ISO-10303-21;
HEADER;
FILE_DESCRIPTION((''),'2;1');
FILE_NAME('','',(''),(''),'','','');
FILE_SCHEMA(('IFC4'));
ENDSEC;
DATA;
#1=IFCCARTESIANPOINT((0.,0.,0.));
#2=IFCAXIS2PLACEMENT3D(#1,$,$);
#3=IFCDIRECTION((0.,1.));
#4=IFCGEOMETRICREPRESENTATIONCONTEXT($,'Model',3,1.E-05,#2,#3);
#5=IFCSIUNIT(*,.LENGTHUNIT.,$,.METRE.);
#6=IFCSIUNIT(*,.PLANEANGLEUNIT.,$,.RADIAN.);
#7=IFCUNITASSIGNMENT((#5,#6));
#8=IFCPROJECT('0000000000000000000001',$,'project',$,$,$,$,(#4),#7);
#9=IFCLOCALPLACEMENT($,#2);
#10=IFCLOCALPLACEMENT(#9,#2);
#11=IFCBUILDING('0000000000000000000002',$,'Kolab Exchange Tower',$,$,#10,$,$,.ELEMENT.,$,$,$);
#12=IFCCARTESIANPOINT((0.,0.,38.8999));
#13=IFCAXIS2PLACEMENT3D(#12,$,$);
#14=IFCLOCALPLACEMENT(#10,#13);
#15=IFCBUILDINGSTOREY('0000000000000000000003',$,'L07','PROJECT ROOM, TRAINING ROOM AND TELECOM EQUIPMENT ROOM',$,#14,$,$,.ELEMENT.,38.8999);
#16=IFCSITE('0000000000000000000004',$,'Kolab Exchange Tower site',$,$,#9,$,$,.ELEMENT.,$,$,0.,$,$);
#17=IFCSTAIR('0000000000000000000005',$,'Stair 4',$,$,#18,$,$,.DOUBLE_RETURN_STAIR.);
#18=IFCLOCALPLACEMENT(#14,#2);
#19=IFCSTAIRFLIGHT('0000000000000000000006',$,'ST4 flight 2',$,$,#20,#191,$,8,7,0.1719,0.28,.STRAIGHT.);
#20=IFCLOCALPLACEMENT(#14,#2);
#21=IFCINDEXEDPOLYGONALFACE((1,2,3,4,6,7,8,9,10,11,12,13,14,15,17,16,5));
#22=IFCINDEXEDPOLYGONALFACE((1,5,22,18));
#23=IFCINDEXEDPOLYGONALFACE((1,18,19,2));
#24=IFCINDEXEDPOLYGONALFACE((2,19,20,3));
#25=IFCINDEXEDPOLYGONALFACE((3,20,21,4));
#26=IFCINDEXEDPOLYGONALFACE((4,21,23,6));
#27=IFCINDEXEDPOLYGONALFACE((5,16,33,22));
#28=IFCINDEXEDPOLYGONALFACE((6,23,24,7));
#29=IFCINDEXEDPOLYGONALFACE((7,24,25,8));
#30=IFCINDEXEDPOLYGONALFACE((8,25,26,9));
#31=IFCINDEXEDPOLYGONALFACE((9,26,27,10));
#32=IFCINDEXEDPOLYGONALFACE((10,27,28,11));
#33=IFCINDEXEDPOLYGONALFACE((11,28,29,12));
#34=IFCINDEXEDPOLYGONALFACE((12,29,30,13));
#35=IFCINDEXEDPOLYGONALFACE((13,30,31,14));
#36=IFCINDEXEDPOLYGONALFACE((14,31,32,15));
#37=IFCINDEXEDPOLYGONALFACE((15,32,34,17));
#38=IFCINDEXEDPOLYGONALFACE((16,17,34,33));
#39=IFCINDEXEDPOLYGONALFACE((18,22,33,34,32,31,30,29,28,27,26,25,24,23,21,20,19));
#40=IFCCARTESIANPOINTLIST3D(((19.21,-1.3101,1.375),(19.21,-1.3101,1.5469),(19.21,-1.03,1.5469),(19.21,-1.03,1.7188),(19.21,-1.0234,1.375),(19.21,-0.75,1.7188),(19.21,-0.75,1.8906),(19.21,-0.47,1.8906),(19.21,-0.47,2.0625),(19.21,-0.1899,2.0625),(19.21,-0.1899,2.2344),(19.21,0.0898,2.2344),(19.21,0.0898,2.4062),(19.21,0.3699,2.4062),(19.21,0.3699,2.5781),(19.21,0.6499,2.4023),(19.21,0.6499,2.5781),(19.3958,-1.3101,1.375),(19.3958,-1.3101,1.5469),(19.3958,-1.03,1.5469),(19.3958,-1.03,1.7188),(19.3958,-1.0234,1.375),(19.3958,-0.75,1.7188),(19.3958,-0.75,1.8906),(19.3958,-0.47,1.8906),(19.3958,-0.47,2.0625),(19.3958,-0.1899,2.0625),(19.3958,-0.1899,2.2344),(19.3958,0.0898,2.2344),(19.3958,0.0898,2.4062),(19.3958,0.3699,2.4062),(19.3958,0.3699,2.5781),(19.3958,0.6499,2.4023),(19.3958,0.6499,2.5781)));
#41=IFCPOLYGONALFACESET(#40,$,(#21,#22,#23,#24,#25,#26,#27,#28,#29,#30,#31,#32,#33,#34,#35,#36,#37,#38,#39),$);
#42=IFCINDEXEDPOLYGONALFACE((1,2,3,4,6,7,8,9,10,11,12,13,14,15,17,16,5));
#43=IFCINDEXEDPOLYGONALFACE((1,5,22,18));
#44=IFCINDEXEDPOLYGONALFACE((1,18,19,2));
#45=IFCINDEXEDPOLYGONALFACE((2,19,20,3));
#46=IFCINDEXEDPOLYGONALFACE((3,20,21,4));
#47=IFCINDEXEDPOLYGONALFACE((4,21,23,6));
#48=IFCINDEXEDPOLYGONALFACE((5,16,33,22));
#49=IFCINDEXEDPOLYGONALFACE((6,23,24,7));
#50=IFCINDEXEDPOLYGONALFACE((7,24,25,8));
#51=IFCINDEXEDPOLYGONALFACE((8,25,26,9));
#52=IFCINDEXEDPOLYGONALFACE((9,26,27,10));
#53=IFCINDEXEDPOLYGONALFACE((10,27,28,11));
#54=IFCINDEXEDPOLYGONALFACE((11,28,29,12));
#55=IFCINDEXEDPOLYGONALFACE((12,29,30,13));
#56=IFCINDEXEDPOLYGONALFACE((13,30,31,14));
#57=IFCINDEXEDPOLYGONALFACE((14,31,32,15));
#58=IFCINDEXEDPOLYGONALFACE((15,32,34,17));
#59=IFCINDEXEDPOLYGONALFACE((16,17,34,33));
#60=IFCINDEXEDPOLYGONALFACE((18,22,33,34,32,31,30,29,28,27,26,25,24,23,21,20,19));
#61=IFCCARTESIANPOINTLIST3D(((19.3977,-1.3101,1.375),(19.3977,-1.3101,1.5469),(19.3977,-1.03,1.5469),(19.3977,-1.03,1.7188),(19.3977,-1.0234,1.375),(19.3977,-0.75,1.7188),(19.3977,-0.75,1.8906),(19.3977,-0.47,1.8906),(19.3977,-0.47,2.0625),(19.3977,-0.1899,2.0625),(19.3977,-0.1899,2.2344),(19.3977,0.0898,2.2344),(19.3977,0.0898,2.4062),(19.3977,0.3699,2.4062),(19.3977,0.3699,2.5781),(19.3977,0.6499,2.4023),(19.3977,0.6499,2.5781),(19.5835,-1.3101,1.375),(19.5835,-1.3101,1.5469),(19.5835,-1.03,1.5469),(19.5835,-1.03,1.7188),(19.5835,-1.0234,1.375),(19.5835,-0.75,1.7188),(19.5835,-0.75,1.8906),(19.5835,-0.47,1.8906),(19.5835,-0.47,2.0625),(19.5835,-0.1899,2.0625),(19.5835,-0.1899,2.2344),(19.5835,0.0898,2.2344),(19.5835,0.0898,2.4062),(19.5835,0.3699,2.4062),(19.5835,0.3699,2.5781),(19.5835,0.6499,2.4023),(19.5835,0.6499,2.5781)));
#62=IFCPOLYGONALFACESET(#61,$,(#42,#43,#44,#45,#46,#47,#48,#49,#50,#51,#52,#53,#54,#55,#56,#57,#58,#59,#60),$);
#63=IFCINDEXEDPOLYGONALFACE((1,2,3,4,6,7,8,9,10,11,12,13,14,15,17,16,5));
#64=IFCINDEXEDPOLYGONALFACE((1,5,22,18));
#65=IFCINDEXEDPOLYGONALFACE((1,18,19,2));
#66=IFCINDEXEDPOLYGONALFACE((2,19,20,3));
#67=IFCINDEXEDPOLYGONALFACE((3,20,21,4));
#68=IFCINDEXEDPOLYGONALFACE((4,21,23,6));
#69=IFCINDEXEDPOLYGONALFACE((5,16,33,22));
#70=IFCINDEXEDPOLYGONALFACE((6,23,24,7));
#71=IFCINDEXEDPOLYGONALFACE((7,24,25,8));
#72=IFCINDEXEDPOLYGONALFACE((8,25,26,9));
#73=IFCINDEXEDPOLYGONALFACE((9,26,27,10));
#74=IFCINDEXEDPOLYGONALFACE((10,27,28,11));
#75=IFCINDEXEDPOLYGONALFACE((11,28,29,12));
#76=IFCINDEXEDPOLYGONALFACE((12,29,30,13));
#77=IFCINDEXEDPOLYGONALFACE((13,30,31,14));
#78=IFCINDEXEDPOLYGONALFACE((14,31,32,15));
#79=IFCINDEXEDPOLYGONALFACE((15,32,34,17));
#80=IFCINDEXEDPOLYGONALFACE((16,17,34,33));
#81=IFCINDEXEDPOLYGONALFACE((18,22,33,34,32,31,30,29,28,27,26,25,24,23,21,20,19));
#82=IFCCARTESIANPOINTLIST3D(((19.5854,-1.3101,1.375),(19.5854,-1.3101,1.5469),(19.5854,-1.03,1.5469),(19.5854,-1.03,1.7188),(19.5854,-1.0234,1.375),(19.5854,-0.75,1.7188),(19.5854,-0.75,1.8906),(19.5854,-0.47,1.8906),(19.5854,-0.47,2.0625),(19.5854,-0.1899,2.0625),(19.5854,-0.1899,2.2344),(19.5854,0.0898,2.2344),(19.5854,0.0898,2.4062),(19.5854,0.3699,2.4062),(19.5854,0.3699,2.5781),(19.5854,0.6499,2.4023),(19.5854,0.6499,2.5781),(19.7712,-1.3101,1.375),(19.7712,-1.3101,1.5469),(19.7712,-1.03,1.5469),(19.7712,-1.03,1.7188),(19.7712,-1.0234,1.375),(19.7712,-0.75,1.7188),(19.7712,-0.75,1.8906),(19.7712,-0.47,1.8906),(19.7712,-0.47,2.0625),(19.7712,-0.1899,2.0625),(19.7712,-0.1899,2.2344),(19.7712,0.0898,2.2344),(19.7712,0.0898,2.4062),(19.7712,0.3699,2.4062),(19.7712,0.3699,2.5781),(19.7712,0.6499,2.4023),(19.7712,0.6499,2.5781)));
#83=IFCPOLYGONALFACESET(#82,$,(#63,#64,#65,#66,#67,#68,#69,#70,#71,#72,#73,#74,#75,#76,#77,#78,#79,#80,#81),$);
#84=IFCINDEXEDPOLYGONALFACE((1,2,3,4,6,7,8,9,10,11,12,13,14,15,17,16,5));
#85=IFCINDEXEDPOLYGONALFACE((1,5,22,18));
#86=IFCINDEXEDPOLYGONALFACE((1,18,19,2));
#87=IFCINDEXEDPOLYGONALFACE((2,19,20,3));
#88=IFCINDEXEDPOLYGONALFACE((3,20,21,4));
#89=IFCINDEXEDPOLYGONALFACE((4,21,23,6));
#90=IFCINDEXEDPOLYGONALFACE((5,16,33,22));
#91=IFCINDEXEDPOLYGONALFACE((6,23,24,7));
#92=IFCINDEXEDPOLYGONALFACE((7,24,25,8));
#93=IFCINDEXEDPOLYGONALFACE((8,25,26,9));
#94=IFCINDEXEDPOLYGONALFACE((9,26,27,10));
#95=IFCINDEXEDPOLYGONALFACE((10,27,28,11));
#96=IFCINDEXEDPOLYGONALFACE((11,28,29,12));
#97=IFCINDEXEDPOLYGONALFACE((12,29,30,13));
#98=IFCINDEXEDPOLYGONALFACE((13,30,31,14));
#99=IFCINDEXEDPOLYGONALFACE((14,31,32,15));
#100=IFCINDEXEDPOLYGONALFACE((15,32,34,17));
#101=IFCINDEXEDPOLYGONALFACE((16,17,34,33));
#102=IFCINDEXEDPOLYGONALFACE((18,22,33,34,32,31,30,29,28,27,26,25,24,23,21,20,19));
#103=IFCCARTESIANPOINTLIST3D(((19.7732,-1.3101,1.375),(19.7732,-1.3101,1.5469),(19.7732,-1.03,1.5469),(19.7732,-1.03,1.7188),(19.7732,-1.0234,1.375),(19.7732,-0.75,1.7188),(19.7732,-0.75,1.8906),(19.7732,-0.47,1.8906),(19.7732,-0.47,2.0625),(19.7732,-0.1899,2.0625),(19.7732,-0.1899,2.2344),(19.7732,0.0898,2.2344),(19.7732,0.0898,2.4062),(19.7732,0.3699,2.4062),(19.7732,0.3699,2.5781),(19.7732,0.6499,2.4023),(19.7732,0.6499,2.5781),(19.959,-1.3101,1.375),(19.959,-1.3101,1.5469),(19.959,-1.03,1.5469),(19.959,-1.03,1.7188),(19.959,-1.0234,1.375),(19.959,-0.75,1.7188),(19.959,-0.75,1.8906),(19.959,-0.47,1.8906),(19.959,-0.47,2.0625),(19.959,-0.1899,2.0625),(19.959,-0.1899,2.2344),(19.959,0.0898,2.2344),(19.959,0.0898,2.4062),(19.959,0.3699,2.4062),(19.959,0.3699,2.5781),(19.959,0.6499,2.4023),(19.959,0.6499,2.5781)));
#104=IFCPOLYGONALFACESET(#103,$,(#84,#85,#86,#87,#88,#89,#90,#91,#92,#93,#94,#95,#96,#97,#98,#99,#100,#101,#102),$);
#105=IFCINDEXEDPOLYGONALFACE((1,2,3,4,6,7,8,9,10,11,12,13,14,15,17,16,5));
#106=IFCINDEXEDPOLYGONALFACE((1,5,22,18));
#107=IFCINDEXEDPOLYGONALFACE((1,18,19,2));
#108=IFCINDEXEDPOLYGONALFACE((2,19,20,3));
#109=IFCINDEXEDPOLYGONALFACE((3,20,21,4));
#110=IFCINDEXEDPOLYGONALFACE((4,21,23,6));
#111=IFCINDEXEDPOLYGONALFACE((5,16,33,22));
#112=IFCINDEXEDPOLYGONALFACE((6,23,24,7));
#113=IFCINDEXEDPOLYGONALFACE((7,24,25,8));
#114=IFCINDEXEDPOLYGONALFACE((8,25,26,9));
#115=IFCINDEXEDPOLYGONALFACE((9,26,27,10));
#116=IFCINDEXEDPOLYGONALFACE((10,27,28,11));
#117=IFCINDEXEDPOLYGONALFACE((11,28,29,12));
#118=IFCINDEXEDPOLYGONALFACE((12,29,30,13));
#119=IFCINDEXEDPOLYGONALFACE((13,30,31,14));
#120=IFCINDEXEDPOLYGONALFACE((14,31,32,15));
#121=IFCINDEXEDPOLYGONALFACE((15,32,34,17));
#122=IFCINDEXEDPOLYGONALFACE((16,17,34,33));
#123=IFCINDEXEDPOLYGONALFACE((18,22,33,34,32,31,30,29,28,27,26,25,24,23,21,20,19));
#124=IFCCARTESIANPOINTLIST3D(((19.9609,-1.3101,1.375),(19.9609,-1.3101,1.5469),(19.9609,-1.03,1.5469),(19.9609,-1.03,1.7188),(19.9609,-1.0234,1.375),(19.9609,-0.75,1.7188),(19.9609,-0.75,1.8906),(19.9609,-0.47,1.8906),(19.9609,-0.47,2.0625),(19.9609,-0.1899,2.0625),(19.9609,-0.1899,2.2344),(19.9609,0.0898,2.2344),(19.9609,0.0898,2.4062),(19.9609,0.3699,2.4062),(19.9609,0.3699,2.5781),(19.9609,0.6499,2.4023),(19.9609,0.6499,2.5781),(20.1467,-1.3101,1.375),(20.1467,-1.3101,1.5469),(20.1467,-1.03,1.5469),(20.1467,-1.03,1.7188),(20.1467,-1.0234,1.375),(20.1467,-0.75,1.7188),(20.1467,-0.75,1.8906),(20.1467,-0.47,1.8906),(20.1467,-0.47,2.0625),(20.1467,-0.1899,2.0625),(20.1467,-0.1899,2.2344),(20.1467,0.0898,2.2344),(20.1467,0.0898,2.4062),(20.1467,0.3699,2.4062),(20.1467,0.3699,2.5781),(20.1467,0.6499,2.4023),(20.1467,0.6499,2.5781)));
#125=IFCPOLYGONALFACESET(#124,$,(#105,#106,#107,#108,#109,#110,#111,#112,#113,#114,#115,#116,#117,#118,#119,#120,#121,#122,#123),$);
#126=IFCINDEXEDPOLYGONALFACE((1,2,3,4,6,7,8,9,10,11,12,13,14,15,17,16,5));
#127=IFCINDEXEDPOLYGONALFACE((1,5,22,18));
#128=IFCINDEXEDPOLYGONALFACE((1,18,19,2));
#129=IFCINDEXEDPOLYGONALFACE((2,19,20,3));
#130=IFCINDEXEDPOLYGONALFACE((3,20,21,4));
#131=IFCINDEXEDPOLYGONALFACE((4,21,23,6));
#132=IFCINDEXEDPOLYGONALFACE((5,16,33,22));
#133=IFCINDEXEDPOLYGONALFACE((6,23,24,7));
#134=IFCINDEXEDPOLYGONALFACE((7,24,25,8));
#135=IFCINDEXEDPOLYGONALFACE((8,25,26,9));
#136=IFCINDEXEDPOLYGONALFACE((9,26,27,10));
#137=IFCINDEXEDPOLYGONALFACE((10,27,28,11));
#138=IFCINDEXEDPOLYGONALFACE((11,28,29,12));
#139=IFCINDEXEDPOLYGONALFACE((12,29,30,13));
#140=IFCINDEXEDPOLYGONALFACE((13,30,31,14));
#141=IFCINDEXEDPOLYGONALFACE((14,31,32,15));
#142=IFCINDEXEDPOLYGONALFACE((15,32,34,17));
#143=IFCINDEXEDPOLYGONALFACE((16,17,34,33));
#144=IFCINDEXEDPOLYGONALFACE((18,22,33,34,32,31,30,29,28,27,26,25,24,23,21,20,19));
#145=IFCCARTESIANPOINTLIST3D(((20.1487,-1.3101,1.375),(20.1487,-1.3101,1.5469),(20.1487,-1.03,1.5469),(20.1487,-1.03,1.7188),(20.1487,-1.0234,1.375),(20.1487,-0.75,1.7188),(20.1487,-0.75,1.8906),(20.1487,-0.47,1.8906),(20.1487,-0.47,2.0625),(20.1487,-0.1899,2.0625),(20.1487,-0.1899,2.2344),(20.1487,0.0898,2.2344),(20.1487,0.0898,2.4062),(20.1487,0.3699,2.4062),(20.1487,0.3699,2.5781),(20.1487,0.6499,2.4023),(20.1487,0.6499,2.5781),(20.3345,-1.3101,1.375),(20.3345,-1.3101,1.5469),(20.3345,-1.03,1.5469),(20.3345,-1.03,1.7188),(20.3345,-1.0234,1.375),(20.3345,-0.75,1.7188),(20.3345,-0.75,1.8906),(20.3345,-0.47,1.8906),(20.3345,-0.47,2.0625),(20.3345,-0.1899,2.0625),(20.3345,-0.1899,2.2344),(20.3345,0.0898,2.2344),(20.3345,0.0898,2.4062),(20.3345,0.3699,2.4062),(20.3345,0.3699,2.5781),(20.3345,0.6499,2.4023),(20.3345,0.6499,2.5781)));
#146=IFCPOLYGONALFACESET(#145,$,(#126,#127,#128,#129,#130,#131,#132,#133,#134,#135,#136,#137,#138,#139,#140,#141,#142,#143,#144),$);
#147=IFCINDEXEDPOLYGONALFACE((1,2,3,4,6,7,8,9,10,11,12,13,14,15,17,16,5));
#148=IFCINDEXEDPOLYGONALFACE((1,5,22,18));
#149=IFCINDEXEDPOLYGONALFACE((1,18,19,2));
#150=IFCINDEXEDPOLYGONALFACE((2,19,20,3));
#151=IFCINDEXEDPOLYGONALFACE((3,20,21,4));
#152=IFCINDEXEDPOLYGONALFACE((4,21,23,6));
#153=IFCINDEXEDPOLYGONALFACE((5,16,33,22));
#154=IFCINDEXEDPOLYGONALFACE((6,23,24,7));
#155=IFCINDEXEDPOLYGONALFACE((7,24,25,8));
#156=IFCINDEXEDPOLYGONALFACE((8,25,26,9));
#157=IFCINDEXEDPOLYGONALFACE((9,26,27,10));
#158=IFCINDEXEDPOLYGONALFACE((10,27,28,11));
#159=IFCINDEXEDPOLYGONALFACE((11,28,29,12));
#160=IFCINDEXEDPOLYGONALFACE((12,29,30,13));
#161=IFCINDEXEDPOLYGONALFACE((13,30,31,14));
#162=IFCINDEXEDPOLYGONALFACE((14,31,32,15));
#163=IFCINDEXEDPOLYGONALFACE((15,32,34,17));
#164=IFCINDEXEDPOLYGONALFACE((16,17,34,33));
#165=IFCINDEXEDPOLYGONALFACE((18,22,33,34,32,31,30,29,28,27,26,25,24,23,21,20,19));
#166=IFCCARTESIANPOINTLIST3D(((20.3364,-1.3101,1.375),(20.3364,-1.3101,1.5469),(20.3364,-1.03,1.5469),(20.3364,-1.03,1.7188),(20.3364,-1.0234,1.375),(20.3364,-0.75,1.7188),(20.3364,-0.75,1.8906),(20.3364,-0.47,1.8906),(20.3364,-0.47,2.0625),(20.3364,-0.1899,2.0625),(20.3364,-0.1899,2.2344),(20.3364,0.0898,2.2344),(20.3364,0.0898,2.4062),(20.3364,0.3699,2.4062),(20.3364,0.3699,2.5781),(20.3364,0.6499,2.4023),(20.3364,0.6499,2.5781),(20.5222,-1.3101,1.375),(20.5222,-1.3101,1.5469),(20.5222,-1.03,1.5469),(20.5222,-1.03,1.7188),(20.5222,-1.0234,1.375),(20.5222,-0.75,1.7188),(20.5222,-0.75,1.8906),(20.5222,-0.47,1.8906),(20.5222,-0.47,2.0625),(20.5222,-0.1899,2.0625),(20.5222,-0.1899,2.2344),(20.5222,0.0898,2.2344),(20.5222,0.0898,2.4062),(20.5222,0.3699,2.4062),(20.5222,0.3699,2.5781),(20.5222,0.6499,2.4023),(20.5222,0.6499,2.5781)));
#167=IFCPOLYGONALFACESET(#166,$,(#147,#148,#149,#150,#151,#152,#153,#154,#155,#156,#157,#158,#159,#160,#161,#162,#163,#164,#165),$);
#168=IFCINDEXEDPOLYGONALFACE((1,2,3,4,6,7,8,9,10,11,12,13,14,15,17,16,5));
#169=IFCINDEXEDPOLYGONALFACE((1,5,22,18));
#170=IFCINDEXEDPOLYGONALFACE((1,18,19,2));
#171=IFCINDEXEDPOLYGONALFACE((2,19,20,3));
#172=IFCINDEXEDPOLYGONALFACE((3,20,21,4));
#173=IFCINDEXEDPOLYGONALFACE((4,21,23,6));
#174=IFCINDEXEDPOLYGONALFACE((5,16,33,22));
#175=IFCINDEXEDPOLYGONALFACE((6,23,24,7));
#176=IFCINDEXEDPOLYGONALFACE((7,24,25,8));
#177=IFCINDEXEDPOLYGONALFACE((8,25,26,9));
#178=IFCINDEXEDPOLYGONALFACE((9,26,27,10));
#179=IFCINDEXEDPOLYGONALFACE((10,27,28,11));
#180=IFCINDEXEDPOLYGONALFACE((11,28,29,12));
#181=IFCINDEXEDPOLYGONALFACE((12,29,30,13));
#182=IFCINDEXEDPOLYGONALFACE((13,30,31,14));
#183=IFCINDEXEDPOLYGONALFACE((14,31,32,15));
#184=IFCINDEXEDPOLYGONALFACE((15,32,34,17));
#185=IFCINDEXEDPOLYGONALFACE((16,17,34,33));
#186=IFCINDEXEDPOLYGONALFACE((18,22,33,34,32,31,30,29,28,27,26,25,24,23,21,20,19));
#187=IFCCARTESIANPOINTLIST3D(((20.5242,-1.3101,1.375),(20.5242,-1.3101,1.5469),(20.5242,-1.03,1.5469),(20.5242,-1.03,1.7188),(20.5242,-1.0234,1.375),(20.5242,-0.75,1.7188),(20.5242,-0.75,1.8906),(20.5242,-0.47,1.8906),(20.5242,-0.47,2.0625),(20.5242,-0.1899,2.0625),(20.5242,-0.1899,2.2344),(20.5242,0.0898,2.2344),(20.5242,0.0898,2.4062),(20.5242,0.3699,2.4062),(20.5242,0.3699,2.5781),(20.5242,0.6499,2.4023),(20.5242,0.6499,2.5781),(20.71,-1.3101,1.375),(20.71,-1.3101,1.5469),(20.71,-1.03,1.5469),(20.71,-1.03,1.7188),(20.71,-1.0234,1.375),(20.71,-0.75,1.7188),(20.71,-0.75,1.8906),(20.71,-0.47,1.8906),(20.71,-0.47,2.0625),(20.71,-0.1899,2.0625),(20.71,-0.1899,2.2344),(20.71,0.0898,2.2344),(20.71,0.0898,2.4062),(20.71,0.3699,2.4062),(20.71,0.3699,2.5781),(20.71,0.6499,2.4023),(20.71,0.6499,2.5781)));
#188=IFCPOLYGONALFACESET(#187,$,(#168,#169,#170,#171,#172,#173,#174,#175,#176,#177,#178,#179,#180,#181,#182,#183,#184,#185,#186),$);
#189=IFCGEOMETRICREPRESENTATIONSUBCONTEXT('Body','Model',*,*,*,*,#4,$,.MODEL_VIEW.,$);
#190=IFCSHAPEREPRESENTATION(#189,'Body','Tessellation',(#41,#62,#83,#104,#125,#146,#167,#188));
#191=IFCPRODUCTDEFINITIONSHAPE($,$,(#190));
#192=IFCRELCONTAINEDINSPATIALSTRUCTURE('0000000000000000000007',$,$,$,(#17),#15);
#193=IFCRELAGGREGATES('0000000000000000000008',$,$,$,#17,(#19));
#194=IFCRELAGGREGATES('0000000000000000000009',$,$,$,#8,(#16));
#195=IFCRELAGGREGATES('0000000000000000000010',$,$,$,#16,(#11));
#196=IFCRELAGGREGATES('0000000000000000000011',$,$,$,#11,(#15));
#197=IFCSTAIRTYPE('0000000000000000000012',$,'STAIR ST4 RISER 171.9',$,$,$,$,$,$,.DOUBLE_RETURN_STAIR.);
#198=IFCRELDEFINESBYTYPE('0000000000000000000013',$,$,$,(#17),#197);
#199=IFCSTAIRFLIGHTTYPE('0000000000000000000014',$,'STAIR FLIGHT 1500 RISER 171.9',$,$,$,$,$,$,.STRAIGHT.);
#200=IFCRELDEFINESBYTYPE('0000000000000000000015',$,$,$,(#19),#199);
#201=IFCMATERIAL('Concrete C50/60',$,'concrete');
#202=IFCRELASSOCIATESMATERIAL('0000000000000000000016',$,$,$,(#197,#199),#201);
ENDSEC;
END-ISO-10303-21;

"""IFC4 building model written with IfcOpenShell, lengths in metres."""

from ifc_helpers import new_model, si_unit, direction, frame, origin, place, context, subcontext, project, spatial, polyline, outline, extrude, material, type_object, element, aggregate, save


model = new_model("IFC4")

# Units and contexts
model_context = context("Model", 3, precision=1e-05, world=origin(), true_north=direction((0.0, 1.0)))
body_context = subcontext(model_context, "Body", "Model", "MODEL_VIEW")
ifc_project = project(units=[si_unit("LENGTHUNIT", "METRE"), si_unit("PLANEANGLEUNIT", "RADIAN")], contexts=[model_context])

# Site, building, storey
site_placement = place(None, origin())
site = spatial("IfcSite", under=ifc_project, at=site_placement, Name="Kolab Exchange Tower site", CompositionType="ELEMENT", RefElevation=0.0)
building_placement = place(site_placement, origin())
building = spatial("IfcBuilding", under=site, at=building_placement, Name="Kolab Exchange Tower", CompositionType="ELEMENT")
storey_placement = place(building_placement, frame((0.0, 0.0, 38.8999)))
storey = spatial("IfcBuildingStorey", under=building, at=storey_placement, Name="L07", Description="PROJECT ROOM, TRAINING ROOM AND TELECOM EQUIPMENT ROOM", CompositionType="ELEMENT", Elevation=38.8999)

# Shared definitions
ifc_material_1 = material(Name="Concrete C50/60", Category="concrete")

# Stair, stair flight
stair_type = type_object("IfcStairType", Name="STAIR ST4 RISER 171.9", PredefinedType="DOUBLE_RETURN_STAIR", material=ifc_material_1)
stair_placement = place(storey_placement, origin())
stair = element("IfcStair", 1, at=stair_placement, inside=storey, type_object=stair_type, Name="Stair 4", PredefinedType="DOUBLE_RETURN_STAIR")
stair_flight_type = type_object("IfcStairFlightType", Name="STAIR FLIGHT 1500 RISER 171.9", PredefinedType="STRAIGHT", material=ifc_material_1)
stair_flight_1_placement = place(storey_placement, frame((19.96, -1.3101, 1.375), z_axis=(0.0, 0.0, 1.0), x_axis=(0.0, 1.0, 0.0)))
stair_flight_1 = element("IfcStairFlight", 2, at=stair_flight_1_placement, type_object=stair_flight_type, Name="ST4 flight 2", NumberOfRisers=8, NumberOfTreads=7, PredefinedType="STRAIGHT", RiserHeight=0.1719, TreadLength=0.28, context=body_context, shape_type="SweptSolid", body=[
    extrude(outline(polyline([(0.0, 0.0), (0.0, 0.1719), (0.28, 0.1719), (0.28, 0.3438), (0.5601, 0.3438), (0.5601, 0.5156), (0.8401, 0.5156), (0.8401, 0.6875), (1.1201, 0.6875), (1.1201, 0.8594), (1.3999, 0.8594), (1.3999, 1.0312), (1.6799, 1.0312), (1.6799, 1.2031), (1.96, 1.2031), (1.96, 1.375), (1.96, 1.0273), (0.2866, 0.0), (0.0, 0.0)])), frame((0.0, 0.75, 0.0), z_axis=(0.0, -1.0, 0.0), x_axis=(1.0, 0.0, 0.0)), (0.0, 0.0, 1.0), 0.1858),
    extrude(outline(polyline([(0.0, 0.0), (0.0, 0.1719), (0.28, 0.1719), (0.28, 0.3438), (0.5601, 0.3438), (0.5601, 0.5156), (0.8401, 0.5156), (0.8401, 0.6875), (1.1201, 0.6875), (1.1201, 0.8594), (1.3999, 0.8594), (1.3999, 1.0312), (1.6799, 1.0312), (1.6799, 1.2031), (1.96, 1.2031), (1.96, 1.375), (1.96, 1.0273), (0.2866, 0.0), (0.0, 0.0)])), frame((0.0, 0.5623, 0.0), z_axis=(0.0, -1.0, 0.0), x_axis=(1.0, 0.0, 0.0)), (0.0, 0.0, 1.0), 0.1858),
    extrude(outline(polyline([(0.0, 0.0), (0.0, 0.1719), (0.28, 0.1719), (0.28, 0.3438), (0.5601, 0.3438), (0.5601, 0.5156), (0.8401, 0.5156), (0.8401, 0.6875), (1.1201, 0.6875), (1.1201, 0.8594), (1.3999, 0.8594), (1.3999, 1.0312), (1.6799, 1.0312), (1.6799, 1.2031), (1.96, 1.2031), (1.96, 1.375), (1.96, 1.0273), (0.2866, 0.0), (0.0, 0.0)])), frame((0.0, 0.3745, 0.0), z_axis=(0.0, -1.0, 0.0), x_axis=(1.0, 0.0, 0.0)), (0.0, 0.0, 1.0), 0.1858),
    extrude(outline(polyline([(0.0, 0.0), (0.0, 0.1719), (0.28, 0.1719), (0.28, 0.3438), (0.5601, 0.3438), (0.5601, 0.5156), (0.8401, 0.5156), (0.8401, 0.6875), (1.1201, 0.6875), (1.1201, 0.8594), (1.3999, 0.8594), (1.3999, 1.0312), (1.6799, 1.0312), (1.6799, 1.2031), (1.96, 1.2031), (1.96, 1.375), (1.96, 1.0273), (0.2866, 0.0), (0.0, 0.0)])), frame((0.0, 0.1868, 0.0), z_axis=(0.0, -1.0, 0.0), x_axis=(1.0, 0.0, 0.0)), (0.0, 0.0, 1.0), 0.1858),
    extrude(outline(polyline([(0.0, 0.0), (0.0, 0.1719), (0.28, 0.1719), (0.28, 0.3438), (0.5601, 0.3438), (0.5601, 0.5156), (0.8401, 0.5156), (0.8401, 0.6875), (1.1201, 0.6875), (1.1201, 0.8594), (1.3999, 0.8594), (1.3999, 1.0312), (1.6799, 1.0312), (1.6799, 1.2031), (1.96, 1.2031), (1.96, 1.375), (1.96, 1.0273), (0.2866, 0.0), (0.0, 0.0)])), frame((0.0, -0.001, 0.0), z_axis=(0.0, -1.0, 0.0), x_axis=(1.0, 0.0, 0.0)), (0.0, 0.0, 1.0), 0.1858),
    extrude(outline(polyline([(0.0, 0.0), (0.0, 0.1719), (0.28, 0.1719), (0.28, 0.3438), (0.5601, 0.3438), (0.5601, 0.5156), (0.8401, 0.5156), (0.8401, 0.6875), (1.1201, 0.6875), (1.1201, 0.8594), (1.3999, 0.8594), (1.3999, 1.0312), (1.6799, 1.0312), (1.6799, 1.2031), (1.96, 1.2031), (1.96, 1.375), (1.96, 1.0273), (0.2866, 0.0), (0.0, 0.0)])), frame((0.0, -0.1887, 0.0), z_axis=(0.0, -1.0, 0.0), x_axis=(1.0, 0.0, 0.0)), (0.0, 0.0, 1.0), 0.1858),
    extrude(outline(polyline([(0.0, 0.0), (0.0, 0.1719), (0.28, 0.1719), (0.28, 0.3438), (0.5601, 0.3438), (0.5601, 0.5156), (0.8401, 0.5156), (0.8401, 0.6875), (1.1201, 0.6875), (1.1201, 0.8594), (1.3999, 0.8594), (1.3999, 1.0312), (1.6799, 1.0312), (1.6799, 1.2031), (1.96, 1.2031), (1.96, 1.375), (1.96, 1.0273), (0.2866, 0.0), (0.0, 0.0)])), frame((0.0, -0.3765, 0.0), z_axis=(0.0, -1.0, 0.0), x_axis=(1.0, 0.0, 0.0)), (0.0, 0.0, 1.0), 0.1858),
    extrude(outline(polyline([(0.0, 0.0), (0.0, 0.1719), (0.28, 0.1719), (0.28, 0.3438), (0.5601, 0.3438), (0.5601, 0.5156), (0.8401, 0.5156), (0.8401, 0.6875), (1.1201, 0.6875), (1.1201, 0.8594), (1.3999, 0.8594), (1.3999, 1.0312), (1.6799, 1.0312), (1.6799, 1.2031), (1.96, 1.2031), (1.96, 1.375), (1.96, 1.0273), (0.2866, 0.0), (0.0, 0.0)])), frame((0.0, -0.5642, 0.0), z_axis=(0.0, -1.0, 0.0), x_axis=(1.0, 0.0, 0.0)), (0.0, 0.0, 1.0), 0.1858),
])
aggregate(stair, [stair_flight_1])

save(model, "model.ifc")
